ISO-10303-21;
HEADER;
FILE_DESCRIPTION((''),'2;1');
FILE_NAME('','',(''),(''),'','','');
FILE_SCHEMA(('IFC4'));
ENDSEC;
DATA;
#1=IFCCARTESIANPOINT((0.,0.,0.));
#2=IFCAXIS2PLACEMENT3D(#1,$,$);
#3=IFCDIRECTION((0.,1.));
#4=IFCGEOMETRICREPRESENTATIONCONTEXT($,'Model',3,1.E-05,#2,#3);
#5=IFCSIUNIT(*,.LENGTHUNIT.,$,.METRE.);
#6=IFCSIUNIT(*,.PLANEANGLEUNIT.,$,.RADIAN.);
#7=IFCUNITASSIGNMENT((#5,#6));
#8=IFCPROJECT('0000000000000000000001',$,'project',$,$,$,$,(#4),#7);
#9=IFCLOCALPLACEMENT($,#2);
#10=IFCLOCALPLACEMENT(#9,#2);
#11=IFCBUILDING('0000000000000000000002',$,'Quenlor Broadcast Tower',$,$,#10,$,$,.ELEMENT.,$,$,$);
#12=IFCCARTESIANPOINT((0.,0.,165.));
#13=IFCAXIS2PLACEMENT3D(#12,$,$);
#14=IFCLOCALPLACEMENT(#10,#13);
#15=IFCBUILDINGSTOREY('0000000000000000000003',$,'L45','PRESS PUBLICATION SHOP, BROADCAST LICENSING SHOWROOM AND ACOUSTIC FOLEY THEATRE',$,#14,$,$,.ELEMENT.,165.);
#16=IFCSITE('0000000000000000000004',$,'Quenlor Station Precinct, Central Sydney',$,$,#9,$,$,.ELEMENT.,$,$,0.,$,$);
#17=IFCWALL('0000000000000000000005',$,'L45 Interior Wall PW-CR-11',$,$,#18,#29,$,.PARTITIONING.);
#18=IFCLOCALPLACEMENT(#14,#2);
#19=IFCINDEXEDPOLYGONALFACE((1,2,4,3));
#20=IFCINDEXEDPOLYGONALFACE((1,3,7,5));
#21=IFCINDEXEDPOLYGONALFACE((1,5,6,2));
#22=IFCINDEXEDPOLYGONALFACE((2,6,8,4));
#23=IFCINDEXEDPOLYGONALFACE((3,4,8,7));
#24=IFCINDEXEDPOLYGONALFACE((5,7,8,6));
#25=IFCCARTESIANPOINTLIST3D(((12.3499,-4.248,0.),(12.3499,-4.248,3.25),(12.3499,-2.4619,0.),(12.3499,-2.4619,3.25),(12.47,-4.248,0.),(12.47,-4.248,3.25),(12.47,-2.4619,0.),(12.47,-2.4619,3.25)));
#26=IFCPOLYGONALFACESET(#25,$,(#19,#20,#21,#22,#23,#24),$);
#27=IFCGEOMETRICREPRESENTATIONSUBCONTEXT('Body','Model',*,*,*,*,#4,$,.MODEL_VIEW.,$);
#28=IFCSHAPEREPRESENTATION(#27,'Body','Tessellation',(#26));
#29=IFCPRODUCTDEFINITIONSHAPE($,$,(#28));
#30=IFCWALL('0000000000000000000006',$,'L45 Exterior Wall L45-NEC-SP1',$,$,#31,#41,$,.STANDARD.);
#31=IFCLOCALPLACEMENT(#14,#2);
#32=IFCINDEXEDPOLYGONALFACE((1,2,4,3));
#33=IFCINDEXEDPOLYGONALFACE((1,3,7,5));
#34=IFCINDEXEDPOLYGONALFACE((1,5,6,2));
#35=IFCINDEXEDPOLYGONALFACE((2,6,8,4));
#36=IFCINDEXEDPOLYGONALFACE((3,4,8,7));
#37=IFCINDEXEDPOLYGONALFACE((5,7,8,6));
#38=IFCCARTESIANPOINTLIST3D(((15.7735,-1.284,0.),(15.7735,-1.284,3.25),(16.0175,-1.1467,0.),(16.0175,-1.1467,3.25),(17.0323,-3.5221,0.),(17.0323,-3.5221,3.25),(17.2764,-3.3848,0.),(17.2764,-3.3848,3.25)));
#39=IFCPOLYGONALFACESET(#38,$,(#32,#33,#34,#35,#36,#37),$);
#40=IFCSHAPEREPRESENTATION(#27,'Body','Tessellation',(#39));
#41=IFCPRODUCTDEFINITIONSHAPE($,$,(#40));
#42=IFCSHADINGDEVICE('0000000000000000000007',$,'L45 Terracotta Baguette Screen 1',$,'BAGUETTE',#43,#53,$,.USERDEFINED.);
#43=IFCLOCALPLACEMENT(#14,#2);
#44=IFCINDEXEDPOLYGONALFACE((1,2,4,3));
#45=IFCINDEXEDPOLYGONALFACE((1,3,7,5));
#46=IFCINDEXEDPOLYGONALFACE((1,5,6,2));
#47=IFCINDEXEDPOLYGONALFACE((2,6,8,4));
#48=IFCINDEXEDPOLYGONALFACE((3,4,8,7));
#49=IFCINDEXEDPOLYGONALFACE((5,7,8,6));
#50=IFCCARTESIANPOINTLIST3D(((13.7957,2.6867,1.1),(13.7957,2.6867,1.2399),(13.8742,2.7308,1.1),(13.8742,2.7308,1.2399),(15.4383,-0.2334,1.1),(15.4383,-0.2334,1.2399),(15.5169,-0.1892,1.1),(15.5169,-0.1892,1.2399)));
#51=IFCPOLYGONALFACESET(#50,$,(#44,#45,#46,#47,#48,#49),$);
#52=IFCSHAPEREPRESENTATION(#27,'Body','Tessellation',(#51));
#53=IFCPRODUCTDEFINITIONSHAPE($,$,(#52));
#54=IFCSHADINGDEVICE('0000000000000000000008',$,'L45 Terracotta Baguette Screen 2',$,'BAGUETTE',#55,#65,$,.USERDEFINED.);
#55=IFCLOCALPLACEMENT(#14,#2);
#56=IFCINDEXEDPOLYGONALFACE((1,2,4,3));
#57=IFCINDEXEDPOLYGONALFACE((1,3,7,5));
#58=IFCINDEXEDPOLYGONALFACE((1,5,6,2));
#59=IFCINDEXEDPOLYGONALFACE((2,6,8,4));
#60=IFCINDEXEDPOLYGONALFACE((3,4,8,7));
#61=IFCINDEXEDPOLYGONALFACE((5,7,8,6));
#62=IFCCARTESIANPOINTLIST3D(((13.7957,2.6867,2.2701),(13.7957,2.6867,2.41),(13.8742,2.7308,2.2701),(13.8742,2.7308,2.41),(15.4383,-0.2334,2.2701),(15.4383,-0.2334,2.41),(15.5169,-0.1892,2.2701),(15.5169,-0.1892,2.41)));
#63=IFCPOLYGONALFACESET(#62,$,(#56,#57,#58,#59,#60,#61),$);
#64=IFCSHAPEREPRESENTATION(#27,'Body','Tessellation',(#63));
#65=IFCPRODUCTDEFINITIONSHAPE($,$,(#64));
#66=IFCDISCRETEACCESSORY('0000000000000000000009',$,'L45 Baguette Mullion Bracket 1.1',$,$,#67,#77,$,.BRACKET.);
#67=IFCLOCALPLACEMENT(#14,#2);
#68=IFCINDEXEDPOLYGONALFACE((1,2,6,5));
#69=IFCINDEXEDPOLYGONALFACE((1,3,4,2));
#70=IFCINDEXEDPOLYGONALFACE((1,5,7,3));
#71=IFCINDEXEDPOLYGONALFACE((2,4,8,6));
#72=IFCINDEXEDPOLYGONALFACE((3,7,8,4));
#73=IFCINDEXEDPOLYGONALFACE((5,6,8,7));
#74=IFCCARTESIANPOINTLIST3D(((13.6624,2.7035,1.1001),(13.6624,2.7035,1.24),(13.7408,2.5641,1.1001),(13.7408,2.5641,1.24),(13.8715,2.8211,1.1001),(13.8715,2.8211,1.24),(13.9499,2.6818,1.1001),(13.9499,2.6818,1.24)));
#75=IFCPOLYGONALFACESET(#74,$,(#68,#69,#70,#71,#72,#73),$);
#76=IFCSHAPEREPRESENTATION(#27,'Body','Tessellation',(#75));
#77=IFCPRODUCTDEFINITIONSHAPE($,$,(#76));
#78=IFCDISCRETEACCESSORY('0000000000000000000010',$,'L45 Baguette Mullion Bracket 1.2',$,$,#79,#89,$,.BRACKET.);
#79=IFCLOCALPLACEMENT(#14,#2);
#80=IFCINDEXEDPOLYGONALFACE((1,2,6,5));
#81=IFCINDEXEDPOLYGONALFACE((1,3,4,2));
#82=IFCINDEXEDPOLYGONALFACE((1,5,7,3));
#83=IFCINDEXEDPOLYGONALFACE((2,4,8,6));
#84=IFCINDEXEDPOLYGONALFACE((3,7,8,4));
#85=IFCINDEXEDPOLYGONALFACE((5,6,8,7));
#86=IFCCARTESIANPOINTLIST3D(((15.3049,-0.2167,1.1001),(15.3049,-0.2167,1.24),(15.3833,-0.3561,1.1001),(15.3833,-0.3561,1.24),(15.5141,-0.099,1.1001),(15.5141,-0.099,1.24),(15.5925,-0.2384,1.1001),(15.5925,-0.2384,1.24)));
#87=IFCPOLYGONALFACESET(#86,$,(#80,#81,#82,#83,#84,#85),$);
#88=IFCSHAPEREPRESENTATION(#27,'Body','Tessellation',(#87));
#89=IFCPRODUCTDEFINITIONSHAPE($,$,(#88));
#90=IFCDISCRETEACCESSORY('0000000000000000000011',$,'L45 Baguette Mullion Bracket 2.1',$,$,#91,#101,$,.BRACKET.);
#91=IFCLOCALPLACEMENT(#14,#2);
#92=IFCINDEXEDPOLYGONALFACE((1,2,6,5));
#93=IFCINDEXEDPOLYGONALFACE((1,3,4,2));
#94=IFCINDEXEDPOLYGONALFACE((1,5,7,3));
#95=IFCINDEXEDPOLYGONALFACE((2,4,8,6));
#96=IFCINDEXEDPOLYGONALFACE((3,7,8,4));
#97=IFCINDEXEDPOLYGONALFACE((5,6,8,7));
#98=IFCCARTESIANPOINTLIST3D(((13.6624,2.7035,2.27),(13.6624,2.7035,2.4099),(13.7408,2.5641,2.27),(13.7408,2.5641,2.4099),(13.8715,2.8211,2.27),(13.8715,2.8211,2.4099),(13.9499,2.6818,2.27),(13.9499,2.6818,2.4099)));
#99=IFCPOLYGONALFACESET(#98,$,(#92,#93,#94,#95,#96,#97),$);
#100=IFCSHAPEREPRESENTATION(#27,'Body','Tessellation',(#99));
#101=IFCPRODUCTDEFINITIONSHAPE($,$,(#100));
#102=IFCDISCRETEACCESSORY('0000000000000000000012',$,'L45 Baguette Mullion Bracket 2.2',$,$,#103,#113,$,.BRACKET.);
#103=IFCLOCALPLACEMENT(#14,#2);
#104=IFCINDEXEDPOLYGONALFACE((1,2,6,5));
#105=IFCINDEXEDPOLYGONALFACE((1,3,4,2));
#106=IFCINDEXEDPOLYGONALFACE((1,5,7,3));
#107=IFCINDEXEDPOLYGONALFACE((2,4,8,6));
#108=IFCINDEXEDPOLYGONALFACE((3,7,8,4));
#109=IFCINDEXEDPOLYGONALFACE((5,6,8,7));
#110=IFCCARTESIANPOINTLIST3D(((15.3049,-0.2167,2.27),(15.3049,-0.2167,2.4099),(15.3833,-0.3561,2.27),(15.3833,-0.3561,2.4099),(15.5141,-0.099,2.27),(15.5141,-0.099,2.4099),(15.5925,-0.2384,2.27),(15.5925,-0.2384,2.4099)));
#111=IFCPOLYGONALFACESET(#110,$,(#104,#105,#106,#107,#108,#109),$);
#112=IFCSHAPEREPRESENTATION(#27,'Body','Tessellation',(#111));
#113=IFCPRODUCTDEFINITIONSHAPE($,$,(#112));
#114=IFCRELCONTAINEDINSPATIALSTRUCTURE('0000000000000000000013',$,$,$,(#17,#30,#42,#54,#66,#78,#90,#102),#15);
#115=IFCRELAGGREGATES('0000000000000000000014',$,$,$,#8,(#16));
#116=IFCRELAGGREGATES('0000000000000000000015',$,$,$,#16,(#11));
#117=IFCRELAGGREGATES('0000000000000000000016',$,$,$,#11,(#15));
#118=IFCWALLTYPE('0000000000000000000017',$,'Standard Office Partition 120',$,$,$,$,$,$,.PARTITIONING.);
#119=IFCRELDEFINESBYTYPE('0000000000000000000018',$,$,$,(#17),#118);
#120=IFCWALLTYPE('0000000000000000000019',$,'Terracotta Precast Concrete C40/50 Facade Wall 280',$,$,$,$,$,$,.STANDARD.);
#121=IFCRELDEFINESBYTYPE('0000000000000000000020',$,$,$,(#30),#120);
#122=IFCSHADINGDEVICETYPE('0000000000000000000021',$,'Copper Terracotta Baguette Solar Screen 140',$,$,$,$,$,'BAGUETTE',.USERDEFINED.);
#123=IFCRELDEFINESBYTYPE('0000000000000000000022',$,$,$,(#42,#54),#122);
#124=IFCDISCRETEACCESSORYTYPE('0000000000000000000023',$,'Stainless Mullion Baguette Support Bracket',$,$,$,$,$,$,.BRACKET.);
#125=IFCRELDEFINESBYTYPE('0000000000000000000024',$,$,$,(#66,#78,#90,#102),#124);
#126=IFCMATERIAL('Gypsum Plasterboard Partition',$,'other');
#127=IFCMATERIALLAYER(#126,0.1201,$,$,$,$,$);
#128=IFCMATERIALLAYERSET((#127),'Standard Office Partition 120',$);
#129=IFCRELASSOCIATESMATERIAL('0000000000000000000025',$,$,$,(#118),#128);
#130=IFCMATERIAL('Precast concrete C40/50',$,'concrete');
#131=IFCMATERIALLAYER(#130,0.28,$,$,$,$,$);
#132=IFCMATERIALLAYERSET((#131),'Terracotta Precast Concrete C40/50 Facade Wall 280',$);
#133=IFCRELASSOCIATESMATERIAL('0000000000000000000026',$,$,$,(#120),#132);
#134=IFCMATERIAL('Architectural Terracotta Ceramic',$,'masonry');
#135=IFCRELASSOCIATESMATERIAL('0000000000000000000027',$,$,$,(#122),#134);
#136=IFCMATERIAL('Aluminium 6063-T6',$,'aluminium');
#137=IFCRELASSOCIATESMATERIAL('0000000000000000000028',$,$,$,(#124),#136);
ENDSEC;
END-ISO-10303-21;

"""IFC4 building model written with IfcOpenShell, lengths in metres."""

from ifc_helpers import new_model, si_unit, direction, frame, frame_2d, origin, origin_2d, place, context, subcontext, project, spatial, rectangle, extrude, material, layer, layer_set, material_profile, profile_set, type_object, element, save


model = new_model("IFC4")

# Units and contexts
model_context = context("Model", 3, precision=1e-05, world=origin(), true_north=direction((0.0, 1.0)))
body_context = subcontext(model_context, "Body", "Model", "MODEL_VIEW")
ifc_project = project(units=[si_unit("LENGTHUNIT", "METRE"), si_unit("PLANEANGLEUNIT", "RADIAN")], contexts=[model_context])

# Site, building, storey
site_placement = place(None, origin())
site = spatial("IfcSite", under=ifc_project, at=site_placement, Name="Quenlor Station Precinct, Central Sydney", CompositionType="ELEMENT", RefElevation=0.0)
building_placement = place(site_placement, origin())
building = spatial("IfcBuilding", under=site, at=building_placement, Name="Quenlor Broadcast Tower", CompositionType="ELEMENT")
storey_placement = place(building_placement, frame((0.0, 0.0, 165.0)))
storey = spatial("IfcBuildingStorey", under=building, at=storey_placement, Name="L45", Description="PRESS PUBLICATION SHOP, BROADCAST LICENSING SHOWROOM AND ACOUSTIC FOLEY THEATRE", CompositionType="ELEMENT", Elevation=165.0)

# Shared definitions
ifc_material_1 = material(Name="Gypsum Plasterboard Partition", Category="other")
ifc_layer_1 = layer(ifc_material_1, 0.1201)
ifc_layer_set_1 = layer_set([ifc_layer_1], Name="Standard Office Partition 120")
wall_type_1 = type_object("IfcWallType", Name="Standard Office Partition 120", PredefinedType="PARTITIONING", material=ifc_layer_set_1)

# Walls
wall_1_placement = place(storey_placement, frame((12.4099, -2.4619, 0.0), z_axis=(0.0, 0.0, 1.0), x_axis=(0.0, -1.0, 0.0)))
element("IfcWall", 1, at=wall_1_placement, inside=storey, type_object=wall_type_1, Name="L45 Interior Wall PW-CR-11", PredefinedType="PARTITIONING", context=body_context, shape_type="SweptSolid", body=[
    extrude(rectangle(XDim=1.7861, YDim=0.1201, at=frame_2d((0.8931, 0.0))), origin(), (0.0, 0.0, 1.0), 3.25),
])
ifc_material_2 = material(Name="Precast concrete C40/50", Category="concrete")
ifc_layer_2 = layer(ifc_material_2, 0.28)
ifc_layer_set_2 = layer_set([ifc_layer_2], Name="Terracotta Precast Concrete C40/50 Facade Wall 280")
wall_type_2 = type_object("IfcWallType", Name="Terracotta Precast Concrete C40/50 Facade Wall 280", PredefinedType="STANDARD", material=ifc_layer_set_2)
wall_2_placement = place(storey_placement, frame((15.8955, -1.2153, 0.0), z_axis=(0.0, 0.0, 1.0), x_axis=(0.49023, -0.871593, 0.0)))
element("IfcWall", 2, at=wall_2_placement, inside=storey, type_object=wall_type_2, Name="L45 Exterior Wall L45-NEC-SP1", PredefinedType="STANDARD", context=body_context, shape_type="SweptSolid", body=[
    extrude(rectangle(XDim=2.5679, YDim=0.28, at=frame_2d((1.2839, 0.0))), origin(), (0.0, 0.0, 1.0), 3.25),
])

# Shading devices
ifc_material_3 = material(Name="Architectural Terracotta Ceramic", Category="masonry")
ifc_material_profile_1 = material_profile(ifc_material_3, rectangle(XDim=0.0901, YDim=0.1399, at=origin_2d()))
ifc_profile_set_1 = profile_set([ifc_material_profile_1], Name="Architectural Terracotta Ceramic BAG90x140")
shading_device_type = type_object("IfcShadingDeviceType", Name="Copper Terracotta Baguette Solar Screen 140", ElementType="BAGUETTE", PredefinedType="USERDEFINED", material=ifc_profile_set_1)
for number, where, z_axis, x_axis, name in (
    (3, (13.835, 2.7087, 1.1699), (0.490289, -0.87156, 0.0), (0.87156, 0.490289, 0.0), "L45 Terracotta Baguette Screen 1"),
    (4, (13.835, 2.7087, 2.3401), (0.490289, -0.87156, 0.0), (0.87156, 0.490289, 0.0), "L45 Terracotta Baguette Screen 2"),
):
    element("IfcShadingDevice", number, at=place(storey_placement, frame(where, z_axis=z_axis, x_axis=x_axis)), inside=storey, type_object=shading_device_type, Name=name, ObjectType="BAGUETTE", PredefinedType="USERDEFINED", context=body_context, shape_type="SweptSolid", body=[
        extrude(rectangle(XDim=0.0901, YDim=0.1399, at=origin_2d()), origin(), (0.0, 0.0, 1.0), 3.3503),
    ])

# Discrete accessories
ifc_material_4 = material(Name="Aluminium 6063-T6", Category="aluminium")
discrete_accessory_type = type_object("IfcDiscreteAccessoryType", Name="Stainless Mullion Baguette Support Bracket", PredefinedType="BRACKET", material=ifc_material_4)
for number, where, z_axis, x_axis, name in (
    (5, (13.8062, 2.6926, 1.1001), (0.0, 0.0, 1.0), (0.490268, -0.871572, 0.0), "L45 Baguette Mullion Bracket 1.1"),
    (6, (15.4487, -0.2275, 1.1001), (0.0, 0.0, 1.0), (0.490268, -0.871572, 0.0), "L45 Baguette Mullion Bracket 1.2"),
    (7, (13.8062, 2.6926, 2.27), (0.0, 0.0, 1.0), (0.490268, -0.871572, 0.0), "L45 Baguette Mullion Bracket 2.1"),
    (8, (15.4487, -0.2275, 2.27), (0.0, 0.0, 1.0), (0.490268, -0.871572, 0.0), "L45 Baguette Mullion Bracket 2.2"),
):
    element("IfcDiscreteAccessory", number, at=place(storey_placement, frame(where, z_axis=z_axis, x_axis=x_axis)), inside=storey, type_object=discrete_accessory_type, Name=name, PredefinedType="BRACKET", context=body_context, shape_type="SweptSolid", body=[
        extrude(rectangle(XDim=0.1599, YDim=0.24, at=origin_2d()), origin(), (0.0, 0.0, 1.0), 0.1399),
    ])

save(model, "model.ifc")
